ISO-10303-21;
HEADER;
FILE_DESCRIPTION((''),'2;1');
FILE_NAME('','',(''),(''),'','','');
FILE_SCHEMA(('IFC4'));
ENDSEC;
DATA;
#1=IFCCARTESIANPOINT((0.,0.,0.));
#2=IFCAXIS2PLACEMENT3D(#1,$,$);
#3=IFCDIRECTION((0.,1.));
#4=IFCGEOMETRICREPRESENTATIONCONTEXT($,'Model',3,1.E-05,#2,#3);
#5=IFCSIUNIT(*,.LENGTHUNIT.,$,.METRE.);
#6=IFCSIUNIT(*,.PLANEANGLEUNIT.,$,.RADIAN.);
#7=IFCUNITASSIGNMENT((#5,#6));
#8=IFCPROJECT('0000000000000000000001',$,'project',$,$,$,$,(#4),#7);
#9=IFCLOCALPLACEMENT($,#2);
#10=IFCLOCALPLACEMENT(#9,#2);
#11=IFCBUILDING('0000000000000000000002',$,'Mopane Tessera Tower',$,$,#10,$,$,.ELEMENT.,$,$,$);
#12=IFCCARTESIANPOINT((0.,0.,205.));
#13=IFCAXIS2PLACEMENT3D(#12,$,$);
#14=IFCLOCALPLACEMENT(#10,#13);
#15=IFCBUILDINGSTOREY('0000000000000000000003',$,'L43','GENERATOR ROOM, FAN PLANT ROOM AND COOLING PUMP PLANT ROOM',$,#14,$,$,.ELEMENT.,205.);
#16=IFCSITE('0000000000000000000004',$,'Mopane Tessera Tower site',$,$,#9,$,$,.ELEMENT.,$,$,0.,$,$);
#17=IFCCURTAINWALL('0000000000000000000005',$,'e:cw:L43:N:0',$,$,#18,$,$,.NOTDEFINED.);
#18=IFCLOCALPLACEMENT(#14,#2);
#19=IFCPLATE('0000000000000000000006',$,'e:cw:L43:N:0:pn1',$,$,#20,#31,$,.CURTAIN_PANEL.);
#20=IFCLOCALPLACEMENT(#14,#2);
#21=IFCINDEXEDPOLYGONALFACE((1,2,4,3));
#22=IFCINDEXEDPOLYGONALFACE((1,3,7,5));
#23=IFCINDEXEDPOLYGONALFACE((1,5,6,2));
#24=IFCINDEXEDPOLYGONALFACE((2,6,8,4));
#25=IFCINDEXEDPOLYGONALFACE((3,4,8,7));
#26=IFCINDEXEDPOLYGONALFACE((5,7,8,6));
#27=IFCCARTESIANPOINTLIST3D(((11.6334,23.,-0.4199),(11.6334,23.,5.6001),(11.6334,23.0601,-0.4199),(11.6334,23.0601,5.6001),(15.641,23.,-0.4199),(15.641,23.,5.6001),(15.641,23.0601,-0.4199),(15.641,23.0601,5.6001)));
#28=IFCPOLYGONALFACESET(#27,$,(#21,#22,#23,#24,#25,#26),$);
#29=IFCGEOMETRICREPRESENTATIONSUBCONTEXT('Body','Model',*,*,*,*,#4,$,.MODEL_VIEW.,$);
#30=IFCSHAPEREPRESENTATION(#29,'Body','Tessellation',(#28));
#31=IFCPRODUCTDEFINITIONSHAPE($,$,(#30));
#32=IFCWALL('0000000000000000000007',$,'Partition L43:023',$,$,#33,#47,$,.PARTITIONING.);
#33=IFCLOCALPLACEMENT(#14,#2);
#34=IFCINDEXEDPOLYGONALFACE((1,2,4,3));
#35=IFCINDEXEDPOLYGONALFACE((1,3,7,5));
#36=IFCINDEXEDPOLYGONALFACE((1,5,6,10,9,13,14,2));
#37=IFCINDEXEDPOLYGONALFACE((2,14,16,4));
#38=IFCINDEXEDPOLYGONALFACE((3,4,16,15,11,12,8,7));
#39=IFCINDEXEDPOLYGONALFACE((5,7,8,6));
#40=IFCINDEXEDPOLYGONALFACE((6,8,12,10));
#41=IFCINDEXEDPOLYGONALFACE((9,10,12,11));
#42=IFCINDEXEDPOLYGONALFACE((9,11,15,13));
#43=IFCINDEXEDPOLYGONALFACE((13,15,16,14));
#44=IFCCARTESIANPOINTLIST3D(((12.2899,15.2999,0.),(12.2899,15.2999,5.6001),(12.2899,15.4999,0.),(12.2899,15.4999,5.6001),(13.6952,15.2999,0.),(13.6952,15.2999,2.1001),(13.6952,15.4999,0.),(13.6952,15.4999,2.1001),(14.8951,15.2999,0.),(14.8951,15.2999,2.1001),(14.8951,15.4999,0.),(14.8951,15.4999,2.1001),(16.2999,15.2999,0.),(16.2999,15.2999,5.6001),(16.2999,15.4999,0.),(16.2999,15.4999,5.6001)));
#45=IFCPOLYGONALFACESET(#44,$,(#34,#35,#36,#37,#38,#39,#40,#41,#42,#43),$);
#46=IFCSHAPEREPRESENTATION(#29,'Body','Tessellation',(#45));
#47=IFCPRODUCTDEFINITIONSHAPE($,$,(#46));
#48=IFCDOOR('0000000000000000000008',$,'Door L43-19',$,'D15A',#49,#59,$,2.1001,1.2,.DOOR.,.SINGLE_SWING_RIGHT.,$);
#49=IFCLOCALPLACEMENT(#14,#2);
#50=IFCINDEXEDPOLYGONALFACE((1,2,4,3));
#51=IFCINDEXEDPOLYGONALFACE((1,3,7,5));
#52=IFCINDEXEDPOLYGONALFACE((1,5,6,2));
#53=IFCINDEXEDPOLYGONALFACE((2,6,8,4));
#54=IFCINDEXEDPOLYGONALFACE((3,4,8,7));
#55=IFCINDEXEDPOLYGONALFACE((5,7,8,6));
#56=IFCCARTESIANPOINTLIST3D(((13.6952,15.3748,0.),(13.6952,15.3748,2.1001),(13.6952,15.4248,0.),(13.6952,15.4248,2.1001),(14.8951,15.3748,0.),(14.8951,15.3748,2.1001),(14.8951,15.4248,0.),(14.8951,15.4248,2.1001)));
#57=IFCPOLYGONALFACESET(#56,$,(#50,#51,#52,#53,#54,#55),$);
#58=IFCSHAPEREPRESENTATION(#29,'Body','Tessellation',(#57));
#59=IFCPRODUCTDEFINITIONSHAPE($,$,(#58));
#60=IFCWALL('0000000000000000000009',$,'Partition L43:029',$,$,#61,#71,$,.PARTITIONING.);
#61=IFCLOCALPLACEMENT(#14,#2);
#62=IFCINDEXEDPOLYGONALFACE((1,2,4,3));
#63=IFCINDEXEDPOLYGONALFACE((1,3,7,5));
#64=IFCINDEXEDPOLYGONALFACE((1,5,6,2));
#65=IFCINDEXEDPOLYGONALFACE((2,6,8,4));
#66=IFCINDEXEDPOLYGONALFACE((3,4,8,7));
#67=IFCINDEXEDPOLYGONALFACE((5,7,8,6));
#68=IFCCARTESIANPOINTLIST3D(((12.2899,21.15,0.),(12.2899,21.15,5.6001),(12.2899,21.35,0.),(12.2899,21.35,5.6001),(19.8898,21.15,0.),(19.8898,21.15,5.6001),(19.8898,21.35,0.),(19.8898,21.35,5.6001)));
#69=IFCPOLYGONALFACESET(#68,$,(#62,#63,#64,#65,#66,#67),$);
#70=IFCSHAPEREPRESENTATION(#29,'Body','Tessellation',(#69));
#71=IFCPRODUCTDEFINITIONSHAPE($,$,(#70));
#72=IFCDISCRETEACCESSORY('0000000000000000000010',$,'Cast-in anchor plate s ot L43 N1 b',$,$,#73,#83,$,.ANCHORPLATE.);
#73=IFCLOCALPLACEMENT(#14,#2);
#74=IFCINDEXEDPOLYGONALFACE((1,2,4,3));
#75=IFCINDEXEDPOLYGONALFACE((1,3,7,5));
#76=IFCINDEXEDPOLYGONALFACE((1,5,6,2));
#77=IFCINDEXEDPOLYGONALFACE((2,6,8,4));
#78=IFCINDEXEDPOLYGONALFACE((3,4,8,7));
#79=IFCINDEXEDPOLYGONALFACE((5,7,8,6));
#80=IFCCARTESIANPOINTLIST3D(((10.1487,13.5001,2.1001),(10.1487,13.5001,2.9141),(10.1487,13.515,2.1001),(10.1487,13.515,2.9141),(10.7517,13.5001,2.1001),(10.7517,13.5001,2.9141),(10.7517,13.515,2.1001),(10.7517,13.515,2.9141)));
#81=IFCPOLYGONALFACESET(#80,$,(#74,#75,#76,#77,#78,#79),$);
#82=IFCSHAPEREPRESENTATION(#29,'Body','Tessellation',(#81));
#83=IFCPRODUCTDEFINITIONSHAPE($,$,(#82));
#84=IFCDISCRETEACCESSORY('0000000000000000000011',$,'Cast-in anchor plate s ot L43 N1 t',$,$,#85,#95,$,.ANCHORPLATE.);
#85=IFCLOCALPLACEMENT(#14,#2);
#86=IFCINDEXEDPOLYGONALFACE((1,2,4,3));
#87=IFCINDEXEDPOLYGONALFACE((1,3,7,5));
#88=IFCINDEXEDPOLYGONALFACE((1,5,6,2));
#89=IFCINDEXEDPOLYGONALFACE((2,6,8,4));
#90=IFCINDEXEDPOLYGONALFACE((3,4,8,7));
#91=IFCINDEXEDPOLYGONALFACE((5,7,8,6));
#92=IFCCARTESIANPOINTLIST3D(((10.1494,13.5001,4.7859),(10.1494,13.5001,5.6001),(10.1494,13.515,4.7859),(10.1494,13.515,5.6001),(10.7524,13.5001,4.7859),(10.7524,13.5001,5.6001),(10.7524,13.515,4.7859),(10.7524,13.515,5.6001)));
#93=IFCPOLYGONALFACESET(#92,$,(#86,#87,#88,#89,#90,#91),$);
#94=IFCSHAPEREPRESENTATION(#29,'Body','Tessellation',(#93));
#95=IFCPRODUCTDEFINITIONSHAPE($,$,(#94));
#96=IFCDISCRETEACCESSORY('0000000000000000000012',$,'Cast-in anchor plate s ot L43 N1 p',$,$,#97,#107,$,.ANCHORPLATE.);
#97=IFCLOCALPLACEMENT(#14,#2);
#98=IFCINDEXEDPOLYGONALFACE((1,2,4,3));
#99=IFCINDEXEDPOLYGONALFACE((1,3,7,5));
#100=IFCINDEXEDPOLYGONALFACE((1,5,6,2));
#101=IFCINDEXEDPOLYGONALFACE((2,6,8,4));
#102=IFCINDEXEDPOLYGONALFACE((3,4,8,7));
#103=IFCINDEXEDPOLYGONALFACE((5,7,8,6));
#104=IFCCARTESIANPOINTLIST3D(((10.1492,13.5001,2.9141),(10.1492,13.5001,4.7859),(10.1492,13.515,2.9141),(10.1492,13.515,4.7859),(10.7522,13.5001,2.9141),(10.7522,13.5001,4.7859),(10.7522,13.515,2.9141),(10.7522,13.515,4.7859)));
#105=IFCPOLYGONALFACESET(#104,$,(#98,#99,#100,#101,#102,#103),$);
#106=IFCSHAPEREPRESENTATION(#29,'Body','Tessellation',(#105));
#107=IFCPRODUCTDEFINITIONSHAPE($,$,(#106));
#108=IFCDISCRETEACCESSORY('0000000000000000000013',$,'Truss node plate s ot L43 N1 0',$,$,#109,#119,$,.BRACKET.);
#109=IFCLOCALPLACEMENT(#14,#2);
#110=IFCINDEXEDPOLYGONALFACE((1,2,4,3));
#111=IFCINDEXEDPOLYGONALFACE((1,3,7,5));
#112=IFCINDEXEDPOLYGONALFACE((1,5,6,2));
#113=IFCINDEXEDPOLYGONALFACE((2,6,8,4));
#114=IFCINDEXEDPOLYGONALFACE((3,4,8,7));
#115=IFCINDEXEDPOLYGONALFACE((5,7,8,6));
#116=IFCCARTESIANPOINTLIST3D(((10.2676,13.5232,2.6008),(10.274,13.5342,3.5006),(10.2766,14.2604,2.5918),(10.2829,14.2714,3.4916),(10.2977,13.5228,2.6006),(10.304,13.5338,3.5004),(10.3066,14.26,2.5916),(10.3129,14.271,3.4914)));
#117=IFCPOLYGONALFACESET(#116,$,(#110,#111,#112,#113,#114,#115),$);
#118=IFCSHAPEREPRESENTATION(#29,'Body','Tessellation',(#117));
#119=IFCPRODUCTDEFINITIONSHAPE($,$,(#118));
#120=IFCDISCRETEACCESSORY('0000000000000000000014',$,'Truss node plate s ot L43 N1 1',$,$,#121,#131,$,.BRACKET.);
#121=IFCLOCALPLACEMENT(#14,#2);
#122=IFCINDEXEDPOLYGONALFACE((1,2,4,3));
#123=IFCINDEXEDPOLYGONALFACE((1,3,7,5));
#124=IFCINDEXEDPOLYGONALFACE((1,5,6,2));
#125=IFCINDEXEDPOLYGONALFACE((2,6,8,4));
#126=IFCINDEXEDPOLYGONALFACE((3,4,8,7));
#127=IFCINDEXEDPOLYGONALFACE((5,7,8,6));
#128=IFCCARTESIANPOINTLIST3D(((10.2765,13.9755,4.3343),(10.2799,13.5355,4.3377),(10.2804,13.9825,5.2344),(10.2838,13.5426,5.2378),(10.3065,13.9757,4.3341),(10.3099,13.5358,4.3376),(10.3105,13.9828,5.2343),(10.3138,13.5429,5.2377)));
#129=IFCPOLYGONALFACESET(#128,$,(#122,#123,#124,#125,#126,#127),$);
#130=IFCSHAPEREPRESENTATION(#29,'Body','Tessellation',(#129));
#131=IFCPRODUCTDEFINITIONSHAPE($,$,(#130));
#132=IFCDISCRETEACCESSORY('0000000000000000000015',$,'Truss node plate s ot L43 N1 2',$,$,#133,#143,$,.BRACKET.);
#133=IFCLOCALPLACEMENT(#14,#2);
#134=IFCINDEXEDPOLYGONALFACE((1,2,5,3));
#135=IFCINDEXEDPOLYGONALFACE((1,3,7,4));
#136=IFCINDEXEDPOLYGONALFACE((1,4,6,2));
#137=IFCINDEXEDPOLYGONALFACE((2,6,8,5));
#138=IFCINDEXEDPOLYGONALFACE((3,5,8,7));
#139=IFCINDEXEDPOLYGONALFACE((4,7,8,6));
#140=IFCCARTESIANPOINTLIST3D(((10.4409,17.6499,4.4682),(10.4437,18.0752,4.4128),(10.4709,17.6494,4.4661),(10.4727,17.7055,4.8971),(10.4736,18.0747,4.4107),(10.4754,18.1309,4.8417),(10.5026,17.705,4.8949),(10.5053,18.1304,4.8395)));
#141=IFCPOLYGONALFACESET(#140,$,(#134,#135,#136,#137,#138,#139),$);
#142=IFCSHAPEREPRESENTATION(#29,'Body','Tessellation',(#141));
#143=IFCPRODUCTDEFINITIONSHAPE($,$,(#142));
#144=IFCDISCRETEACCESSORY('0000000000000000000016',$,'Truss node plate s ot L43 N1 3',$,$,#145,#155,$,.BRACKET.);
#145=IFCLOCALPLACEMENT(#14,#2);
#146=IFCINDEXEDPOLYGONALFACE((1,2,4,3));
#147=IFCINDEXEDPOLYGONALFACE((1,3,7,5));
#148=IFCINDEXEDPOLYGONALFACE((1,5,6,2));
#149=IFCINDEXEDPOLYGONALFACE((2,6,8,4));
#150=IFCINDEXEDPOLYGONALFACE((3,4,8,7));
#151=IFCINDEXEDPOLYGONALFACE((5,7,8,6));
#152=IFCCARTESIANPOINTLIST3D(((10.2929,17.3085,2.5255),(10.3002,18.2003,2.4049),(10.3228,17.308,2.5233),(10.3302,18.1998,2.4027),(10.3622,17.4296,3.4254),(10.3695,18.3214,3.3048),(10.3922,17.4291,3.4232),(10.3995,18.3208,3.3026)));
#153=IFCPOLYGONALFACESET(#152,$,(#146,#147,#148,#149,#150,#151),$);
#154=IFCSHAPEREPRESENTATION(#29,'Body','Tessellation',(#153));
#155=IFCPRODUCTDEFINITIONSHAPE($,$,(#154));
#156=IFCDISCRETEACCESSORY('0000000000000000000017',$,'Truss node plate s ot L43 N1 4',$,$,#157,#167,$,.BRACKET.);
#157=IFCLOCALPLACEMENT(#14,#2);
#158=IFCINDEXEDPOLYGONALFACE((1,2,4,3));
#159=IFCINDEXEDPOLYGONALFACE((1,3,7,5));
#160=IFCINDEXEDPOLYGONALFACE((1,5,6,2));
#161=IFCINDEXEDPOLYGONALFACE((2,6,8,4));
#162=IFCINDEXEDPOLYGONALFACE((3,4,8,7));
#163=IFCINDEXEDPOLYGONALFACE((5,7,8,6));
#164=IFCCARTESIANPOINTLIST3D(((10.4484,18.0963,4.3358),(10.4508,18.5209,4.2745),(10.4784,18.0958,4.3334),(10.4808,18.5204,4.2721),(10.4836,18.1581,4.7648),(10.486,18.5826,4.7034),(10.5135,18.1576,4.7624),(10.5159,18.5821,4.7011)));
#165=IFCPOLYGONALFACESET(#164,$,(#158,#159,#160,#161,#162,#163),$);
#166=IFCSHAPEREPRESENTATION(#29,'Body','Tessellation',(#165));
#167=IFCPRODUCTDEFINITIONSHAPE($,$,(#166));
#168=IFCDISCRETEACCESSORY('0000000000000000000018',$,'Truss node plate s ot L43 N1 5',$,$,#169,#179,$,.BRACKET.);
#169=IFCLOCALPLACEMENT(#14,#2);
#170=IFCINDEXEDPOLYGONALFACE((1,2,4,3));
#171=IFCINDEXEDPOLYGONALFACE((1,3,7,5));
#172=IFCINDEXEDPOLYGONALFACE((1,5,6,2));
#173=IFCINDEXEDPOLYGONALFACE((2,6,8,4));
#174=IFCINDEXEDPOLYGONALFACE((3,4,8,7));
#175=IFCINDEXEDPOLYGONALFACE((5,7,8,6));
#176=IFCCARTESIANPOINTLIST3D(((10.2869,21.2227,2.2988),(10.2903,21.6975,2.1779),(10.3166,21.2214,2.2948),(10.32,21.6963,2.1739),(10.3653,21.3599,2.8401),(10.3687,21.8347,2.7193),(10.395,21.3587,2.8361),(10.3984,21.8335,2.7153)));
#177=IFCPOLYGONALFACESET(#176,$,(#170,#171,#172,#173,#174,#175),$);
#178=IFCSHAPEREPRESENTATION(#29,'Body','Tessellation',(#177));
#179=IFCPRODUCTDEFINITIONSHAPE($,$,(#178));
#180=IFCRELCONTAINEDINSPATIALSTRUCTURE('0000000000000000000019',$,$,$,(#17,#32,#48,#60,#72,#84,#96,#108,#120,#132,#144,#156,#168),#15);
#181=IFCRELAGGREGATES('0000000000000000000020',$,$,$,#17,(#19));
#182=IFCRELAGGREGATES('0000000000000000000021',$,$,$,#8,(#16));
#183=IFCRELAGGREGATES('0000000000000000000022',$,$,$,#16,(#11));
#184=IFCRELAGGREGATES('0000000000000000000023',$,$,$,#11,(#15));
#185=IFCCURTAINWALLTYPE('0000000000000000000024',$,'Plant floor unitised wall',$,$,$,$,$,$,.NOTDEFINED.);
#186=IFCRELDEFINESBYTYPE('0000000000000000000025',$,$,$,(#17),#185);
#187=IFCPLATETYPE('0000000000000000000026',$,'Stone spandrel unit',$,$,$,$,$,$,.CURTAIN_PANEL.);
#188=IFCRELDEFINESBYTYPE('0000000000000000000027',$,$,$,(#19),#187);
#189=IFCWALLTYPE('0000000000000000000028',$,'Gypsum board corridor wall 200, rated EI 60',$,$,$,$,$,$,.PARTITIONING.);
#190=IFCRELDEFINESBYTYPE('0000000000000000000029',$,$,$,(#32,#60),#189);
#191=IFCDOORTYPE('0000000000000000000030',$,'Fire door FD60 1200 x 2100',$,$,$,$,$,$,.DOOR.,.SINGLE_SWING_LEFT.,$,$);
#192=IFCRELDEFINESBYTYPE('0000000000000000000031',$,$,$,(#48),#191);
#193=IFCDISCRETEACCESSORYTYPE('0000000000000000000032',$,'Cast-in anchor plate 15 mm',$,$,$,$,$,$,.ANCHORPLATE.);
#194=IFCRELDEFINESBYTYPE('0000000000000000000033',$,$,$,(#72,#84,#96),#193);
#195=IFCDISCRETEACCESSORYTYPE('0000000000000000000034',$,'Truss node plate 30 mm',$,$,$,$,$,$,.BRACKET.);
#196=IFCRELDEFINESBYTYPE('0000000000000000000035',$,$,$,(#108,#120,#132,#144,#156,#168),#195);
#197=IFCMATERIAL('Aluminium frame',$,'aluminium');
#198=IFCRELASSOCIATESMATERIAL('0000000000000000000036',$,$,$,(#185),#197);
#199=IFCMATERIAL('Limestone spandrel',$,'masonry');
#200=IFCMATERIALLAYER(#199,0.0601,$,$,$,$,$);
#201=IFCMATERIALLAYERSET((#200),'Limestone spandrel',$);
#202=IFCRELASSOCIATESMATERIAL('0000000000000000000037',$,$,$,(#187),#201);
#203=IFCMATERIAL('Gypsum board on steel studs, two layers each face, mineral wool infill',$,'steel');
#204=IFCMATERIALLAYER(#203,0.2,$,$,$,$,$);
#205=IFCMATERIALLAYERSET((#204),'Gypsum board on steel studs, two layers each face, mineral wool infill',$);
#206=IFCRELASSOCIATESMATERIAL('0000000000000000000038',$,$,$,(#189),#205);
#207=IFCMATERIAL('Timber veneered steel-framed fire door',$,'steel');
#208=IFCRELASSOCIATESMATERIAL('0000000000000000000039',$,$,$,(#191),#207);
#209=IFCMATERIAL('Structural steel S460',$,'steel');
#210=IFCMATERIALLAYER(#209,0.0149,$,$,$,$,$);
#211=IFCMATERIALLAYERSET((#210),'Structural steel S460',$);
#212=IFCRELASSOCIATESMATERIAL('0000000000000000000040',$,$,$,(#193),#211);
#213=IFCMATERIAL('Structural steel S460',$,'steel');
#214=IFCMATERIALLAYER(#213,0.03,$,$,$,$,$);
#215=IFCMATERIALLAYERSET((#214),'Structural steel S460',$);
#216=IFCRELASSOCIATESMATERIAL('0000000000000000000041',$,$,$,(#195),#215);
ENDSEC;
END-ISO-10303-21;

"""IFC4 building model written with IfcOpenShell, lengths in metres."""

from ifc_helpers import new_model, si_unit, direction, frame, frame_2d, origin, origin_2d, place, context, subcontext, project, spatial, rectangle, extrude, material, layer, layer_set, type_object, element, fill, aggregate, save


model = new_model("IFC4")

# Units and contexts
model_context = context("Model", 3, precision=1e-05, world=origin(), true_north=direction((0.0, 1.0)))
body_context = subcontext(model_context, "Body", "Model", "MODEL_VIEW")
ifc_project = project(units=[si_unit("LENGTHUNIT", "METRE"), si_unit("PLANEANGLEUNIT", "RADIAN")], contexts=[model_context])

# Site, building, storey
site_placement = place(None, origin())
site = spatial("IfcSite", under=ifc_project, at=site_placement, Name="Mopane Tessera Tower site", CompositionType="ELEMENT", RefElevation=0.0)
building_placement = place(site_placement, origin())
building = spatial("IfcBuilding", under=site, at=building_placement, Name="Mopane Tessera Tower", CompositionType="ELEMENT")
storey_placement = place(building_placement, frame((0.0, 0.0, 205.0)))
storey = spatial("IfcBuildingStorey", under=building, at=storey_placement, Name="L43", Description="GENERATOR ROOM, FAN PLANT ROOM AND COOLING PUMP PLANT ROOM", CompositionType="ELEMENT", Elevation=205.0)

# Curtain wall, plate
ifc_material_1 = material(Name="Aluminium frame", Category="aluminium")
curtain_wall_type = type_object("IfcCurtainWallType", Name="Plant floor unitised wall", PredefinedType="NOTDEFINED", material=ifc_material_1)
curtain_wall_placement = place(storey_placement, origin())
curtain_wall = element("IfcCurtainWall", 1, at=curtain_wall_placement, inside=storey, type_object=curtain_wall_type, Name="e:cw:L43:N:0", PredefinedType="NOTDEFINED")
ifc_material_2 = material(Name="Limestone spandrel", Category="masonry")
ifc_layer_1 = layer(ifc_material_2, 0.0601)
ifc_layer_set_1 = layer_set([ifc_layer_1], Name="Limestone spandrel")
plate_type = type_object("IfcPlateType", Name="Stone spandrel unit", PredefinedType="CURTAIN_PANEL", material=ifc_layer_set_1)
plate_placement = place(storey_placement, frame((13.6372, 23.03, -0.4199), z_axis=(0.0, 0.0, 1.0), x_axis=(-1.0, 0.0, 0.0)))
plate = element("IfcPlate", 2, at=plate_placement, type_object=plate_type, Name="e:cw:L43:N:0:pn1", PredefinedType="CURTAIN_PANEL", context=body_context, shape_type="SweptSolid", body=[
    extrude(rectangle(XDim=4.0076, YDim=0.0601, at=origin_2d()), origin(), (0.0, 0.0, 1.0), 6.02),
])
aggregate(curtain_wall, [plate])

# Wall, opening, door
ifc_material_3 = material(Name="Gypsum board on steel studs, two layers each face, mineral wool infill", Category="steel")
ifc_layer_2 = layer(ifc_material_3, 0.2)
ifc_layer_set_2 = layer_set([ifc_layer_2], Name="Gypsum board on steel studs, two layers each face, mineral wool infill")
wall_type = type_object("IfcWallType", Name="Gypsum board corridor wall 200, rated EI 60", PredefinedType="PARTITIONING", material=ifc_layer_set_2)
wall_1_placement = place(storey_placement, frame((12.29, 15.3999, 0.0), z_axis=(0.0, 0.0, 1.0), x_axis=(1.0, 0.0, 0.0)))
wall_1 = element("IfcWall", 3, at=wall_1_placement, inside=storey, type_object=wall_type, Name="Partition L43:023", PredefinedType="PARTITIONING", context=body_context, shape_type="SweptSolid", body=[
    extrude(rectangle(XDim=4.01, YDim=0.2, at=frame_2d((2.0049, 0.0))), origin(), (0.0, 0.0, 1.0), 5.6001),
])
opening_placement = place(wall_1_placement, frame((1.405, 0.0, 0.0)))
opening = element("IfcOpeningElement", 4, at=opening_placement, cuts=wall_1, PredefinedType="OPENING", context=body_context, shape_type="SweptSolid", body=[
    extrude(rectangle(XDim=1.2, YDim=2.1001, at=frame_2d((0.6001, 1.05))), frame((0.0, 0.1121, 0.0), z_axis=(0.0, -1.0, 0.0), x_axis=(1.0, 0.0, 0.0)), (0.0, 0.0, 1.0), 0.2239),
])
ifc_material_4 = material(Name="Timber veneered steel-framed fire door", Category="steel")
door_type = type_object("IfcDoorType", Name="Fire door FD60 1200 x 2100", OperationType="SINGLE_SWING_LEFT", PredefinedType="DOOR", material=ifc_material_4)
door_placement = place(opening_placement, origin())
door = element("IfcDoor", 5, at=door_placement, inside=storey, type_object=door_type, Name="Door L43-19", ObjectType="D15A", OperationType="SINGLE_SWING_RIGHT", OverallHeight=2.1001, OverallWidth=1.2, PredefinedType="DOOR", context=body_context, shape_type="SweptSolid", body=[
    extrude(rectangle(XDim=1.2, YDim=2.1001, at=frame_2d((0.6001, 1.05))), frame((0.0, 0.0249, 0.0), z_axis=(0.0, -1.0, 0.0), x_axis=(1.0, 0.0, 0.0)), (0.0, 0.0, 1.0), 0.05),
])
fill(opening, door)

# Wall
wall_2_placement = place(storey_placement, frame((12.29, 21.25, 0.0), z_axis=(0.0, 0.0, 1.0), x_axis=(1.0, 0.0, 0.0)))
element("IfcWall", 6, at=wall_2_placement, inside=storey, type_object=wall_type, Name="Partition L43:029", PredefinedType="PARTITIONING", context=body_context, shape_type="SweptSolid", body=[
    extrude(rectangle(XDim=7.5999, YDim=0.2, at=frame_2d((3.7998, 0.0))), origin(), (0.0, 0.0, 1.0), 5.6001),
])

# Discrete accessories
ifc_material_5 = material(Name="Structural steel S460", Category="steel")
ifc_layer_3 = layer(ifc_material_5, 0.0149)
ifc_layer_set_3 = layer_set([ifc_layer_3], Name="Structural steel S460")
discrete_accessory_type_1 = type_object("IfcDiscreteAccessoryType", Name="Cast-in anchor plate 15 mm", PredefinedType="ANCHORPLATE", material=ifc_layer_set_3)
discrete_accessory_1_placement = place(storey_placement, frame((10.4502, 13.5076, 2.1001), z_axis=(0.0, 0.0, 1.0), x_axis=(0.0, 1.0, 0.0)))
element("IfcDiscreteAccessory", 7, at=discrete_accessory_1_placement, inside=storey, type_object=discrete_accessory_type_1, Name="Cast-in anchor plate s ot L43 N1 b", PredefinedType="ANCHORPLATE", context=body_context, shape_type="SweptSolid", body=[
    extrude(rectangle(XDim=0.0149, YDim=0.603, at=origin_2d()), origin(), (0.0, 0.0, 1.0), 0.814),
])
discrete_accessory_2_placement = place(storey_placement, frame((10.4509, 13.5076, 4.7859), z_axis=(0.0, 0.0, 1.0), x_axis=(0.0, 1.0, 0.0)))
element("IfcDiscreteAccessory", 8, at=discrete_accessory_2_placement, inside=storey, type_object=discrete_accessory_type_1, Name="Cast-in anchor plate s ot L43 N1 t", PredefinedType="ANCHORPLATE", context=body_context, shape_type="SweptSolid", body=[
    extrude(rectangle(XDim=0.0149, YDim=0.603, at=origin_2d()), origin(), (0.0, 0.0, 1.0), 0.8142),
])
discrete_accessory_3_placement = place(storey_placement, frame((10.4507, 13.5076, 2.9141), z_axis=(0.0, 0.0, 1.0), x_axis=(0.0, 1.0, 0.0)))
element("IfcDiscreteAccessory", 9, at=discrete_accessory_3_placement, inside=storey, type_object=discrete_accessory_type_1, Name="Cast-in anchor plate s ot L43 N1 p", PredefinedType="ANCHORPLATE", context=body_context, shape_type="SweptSolid", body=[
    extrude(rectangle(XDim=0.0149, YDim=0.603, at=origin_2d()), origin(), (0.0, 0.0, 1.0), 1.8718),
])
ifc_material_6 = material(Name="Structural steel S460", Category="steel")
ifc_layer_4 = layer(ifc_material_6, 0.03)
ifc_layer_set_4 = layer_set([ifc_layer_4], Name="Structural steel S460")
discrete_accessory_type_2 = type_object("IfcDiscreteAccessoryType", Name="Truss node plate 30 mm", PredefinedType="BRACKET", material=ifc_layer_set_4)
discrete_accessory_4_placement = place(storey_placement, frame((10.2871, 13.8916, 2.5962), z_axis=(0.007053, 0.012207, 0.999901), x_axis=(-0.999902, 0.012206, 0.006904)))
element("IfcDiscreteAccessory", 10, at=discrete_accessory_4_placement, inside=storey, type_object=discrete_accessory_type_2, Name="Truss node plate s ot L43 N1 0", PredefinedType="BRACKET", context=body_context, shape_type="SweptSolid", body=[
    extrude(rectangle(XDim=0.03, YDim=0.7373, at=origin_2d()), origin(), (0.0, 0.0, 1.0), 0.8999),
])
discrete_accessory_5_placement = place(storey_placement, frame((10.2932, 13.7556, 4.3359), z_axis=(0.004339, 0.007865, 0.99996), x_axis=(-0.999961, -0.007598, 0.004399)))
element("IfcDiscreteAccessory", 11, at=discrete_accessory_5_placement, inside=storey, type_object=discrete_accessory_type_2, Name="Truss node plate s ot L43 N1 1", PredefinedType="BRACKET", context=body_context, shape_type="SweptSolid", body=[
    extrude(rectangle(XDim=0.03, YDim=0.4399, at=origin_2d()), origin(), (0.0, 0.0, 1.0), 0.9001),
])
discrete_accessory_6_placement = place(storey_placement, frame((10.4573, 17.8623, 4.4395), z_axis=(0.073178, 0.128343, 0.989026), x_axis=(-0.997299, 0.015742, 0.071747)))
element("IfcDiscreteAccessory", 12, at=discrete_accessory_6_placement, inside=storey, type_object=discrete_accessory_type_2, Name="Truss node plate s ot L43 N1 2", PredefinedType="BRACKET", context=body_context, shape_type="SweptSolid", body=[
    extrude(rectangle(XDim=0.03, YDim=0.429, at=origin_2d()), origin(), (0.0, 0.0, 1.0), 0.4336),
])
discrete_accessory_7_placement = place(storey_placement, frame((10.3115, 17.7542, 2.4641), z_axis=(0.076138, 0.132974, 0.988191), x_axis=(-0.997064, 0.018241, 0.074368)))
element("IfcDiscreteAccessory", 13, at=discrete_accessory_7_placement, inside=storey, type_object=discrete_accessory_type_2, Name="Truss node plate s ot L43 N1 3", PredefinedType="BRACKET", context=body_context, shape_type="SweptSolid", body=[
    extrude(rectangle(XDim=0.03, YDim=0.8999, at=origin_2d()), origin(), (0.0, 0.0, 1.0), 0.9106),
])
discrete_accessory_8_placement = place(storey_placement, frame((10.4646, 18.3083, 4.304), z_axis=(0.080856, 0.142059, 0.98655), x_axis=(-0.99671, 0.017061, 0.079232)))
element("IfcDiscreteAccessory", 14, at=discrete_accessory_8_placement, inside=storey, type_object=discrete_accessory_type_2, Name="Truss node plate s ot L43 N1 4", PredefinedType="BRACKET", context=body_context, shape_type="SweptSolid", body=[
    extrude(rectangle(XDim=0.03, YDim=0.429, at=origin_2d()), origin(), (0.0, 0.0, 1.0), 0.4348),
])
discrete_accessory_9_placement = place(storey_placement, frame((10.3035, 21.4595, 2.2363), z_axis=(0.138989, 0.243339, 0.959932), x_axis=(-0.99027, 0.040959, 0.132998)))
element("IfcDiscreteAccessory", 15, at=discrete_accessory_9_placement, inside=storey, type_object=discrete_accessory_type_2, Name="Truss node plate s ot L43 N1 5", PredefinedType="BRACKET", context=body_context, shape_type="SweptSolid", body=[
    extrude(rectangle(XDim=0.03, YDim=0.49, at=origin_2d()), origin(), (0.0, 0.0, 1.0), 0.564),
])

save(model, "model.ifc")
